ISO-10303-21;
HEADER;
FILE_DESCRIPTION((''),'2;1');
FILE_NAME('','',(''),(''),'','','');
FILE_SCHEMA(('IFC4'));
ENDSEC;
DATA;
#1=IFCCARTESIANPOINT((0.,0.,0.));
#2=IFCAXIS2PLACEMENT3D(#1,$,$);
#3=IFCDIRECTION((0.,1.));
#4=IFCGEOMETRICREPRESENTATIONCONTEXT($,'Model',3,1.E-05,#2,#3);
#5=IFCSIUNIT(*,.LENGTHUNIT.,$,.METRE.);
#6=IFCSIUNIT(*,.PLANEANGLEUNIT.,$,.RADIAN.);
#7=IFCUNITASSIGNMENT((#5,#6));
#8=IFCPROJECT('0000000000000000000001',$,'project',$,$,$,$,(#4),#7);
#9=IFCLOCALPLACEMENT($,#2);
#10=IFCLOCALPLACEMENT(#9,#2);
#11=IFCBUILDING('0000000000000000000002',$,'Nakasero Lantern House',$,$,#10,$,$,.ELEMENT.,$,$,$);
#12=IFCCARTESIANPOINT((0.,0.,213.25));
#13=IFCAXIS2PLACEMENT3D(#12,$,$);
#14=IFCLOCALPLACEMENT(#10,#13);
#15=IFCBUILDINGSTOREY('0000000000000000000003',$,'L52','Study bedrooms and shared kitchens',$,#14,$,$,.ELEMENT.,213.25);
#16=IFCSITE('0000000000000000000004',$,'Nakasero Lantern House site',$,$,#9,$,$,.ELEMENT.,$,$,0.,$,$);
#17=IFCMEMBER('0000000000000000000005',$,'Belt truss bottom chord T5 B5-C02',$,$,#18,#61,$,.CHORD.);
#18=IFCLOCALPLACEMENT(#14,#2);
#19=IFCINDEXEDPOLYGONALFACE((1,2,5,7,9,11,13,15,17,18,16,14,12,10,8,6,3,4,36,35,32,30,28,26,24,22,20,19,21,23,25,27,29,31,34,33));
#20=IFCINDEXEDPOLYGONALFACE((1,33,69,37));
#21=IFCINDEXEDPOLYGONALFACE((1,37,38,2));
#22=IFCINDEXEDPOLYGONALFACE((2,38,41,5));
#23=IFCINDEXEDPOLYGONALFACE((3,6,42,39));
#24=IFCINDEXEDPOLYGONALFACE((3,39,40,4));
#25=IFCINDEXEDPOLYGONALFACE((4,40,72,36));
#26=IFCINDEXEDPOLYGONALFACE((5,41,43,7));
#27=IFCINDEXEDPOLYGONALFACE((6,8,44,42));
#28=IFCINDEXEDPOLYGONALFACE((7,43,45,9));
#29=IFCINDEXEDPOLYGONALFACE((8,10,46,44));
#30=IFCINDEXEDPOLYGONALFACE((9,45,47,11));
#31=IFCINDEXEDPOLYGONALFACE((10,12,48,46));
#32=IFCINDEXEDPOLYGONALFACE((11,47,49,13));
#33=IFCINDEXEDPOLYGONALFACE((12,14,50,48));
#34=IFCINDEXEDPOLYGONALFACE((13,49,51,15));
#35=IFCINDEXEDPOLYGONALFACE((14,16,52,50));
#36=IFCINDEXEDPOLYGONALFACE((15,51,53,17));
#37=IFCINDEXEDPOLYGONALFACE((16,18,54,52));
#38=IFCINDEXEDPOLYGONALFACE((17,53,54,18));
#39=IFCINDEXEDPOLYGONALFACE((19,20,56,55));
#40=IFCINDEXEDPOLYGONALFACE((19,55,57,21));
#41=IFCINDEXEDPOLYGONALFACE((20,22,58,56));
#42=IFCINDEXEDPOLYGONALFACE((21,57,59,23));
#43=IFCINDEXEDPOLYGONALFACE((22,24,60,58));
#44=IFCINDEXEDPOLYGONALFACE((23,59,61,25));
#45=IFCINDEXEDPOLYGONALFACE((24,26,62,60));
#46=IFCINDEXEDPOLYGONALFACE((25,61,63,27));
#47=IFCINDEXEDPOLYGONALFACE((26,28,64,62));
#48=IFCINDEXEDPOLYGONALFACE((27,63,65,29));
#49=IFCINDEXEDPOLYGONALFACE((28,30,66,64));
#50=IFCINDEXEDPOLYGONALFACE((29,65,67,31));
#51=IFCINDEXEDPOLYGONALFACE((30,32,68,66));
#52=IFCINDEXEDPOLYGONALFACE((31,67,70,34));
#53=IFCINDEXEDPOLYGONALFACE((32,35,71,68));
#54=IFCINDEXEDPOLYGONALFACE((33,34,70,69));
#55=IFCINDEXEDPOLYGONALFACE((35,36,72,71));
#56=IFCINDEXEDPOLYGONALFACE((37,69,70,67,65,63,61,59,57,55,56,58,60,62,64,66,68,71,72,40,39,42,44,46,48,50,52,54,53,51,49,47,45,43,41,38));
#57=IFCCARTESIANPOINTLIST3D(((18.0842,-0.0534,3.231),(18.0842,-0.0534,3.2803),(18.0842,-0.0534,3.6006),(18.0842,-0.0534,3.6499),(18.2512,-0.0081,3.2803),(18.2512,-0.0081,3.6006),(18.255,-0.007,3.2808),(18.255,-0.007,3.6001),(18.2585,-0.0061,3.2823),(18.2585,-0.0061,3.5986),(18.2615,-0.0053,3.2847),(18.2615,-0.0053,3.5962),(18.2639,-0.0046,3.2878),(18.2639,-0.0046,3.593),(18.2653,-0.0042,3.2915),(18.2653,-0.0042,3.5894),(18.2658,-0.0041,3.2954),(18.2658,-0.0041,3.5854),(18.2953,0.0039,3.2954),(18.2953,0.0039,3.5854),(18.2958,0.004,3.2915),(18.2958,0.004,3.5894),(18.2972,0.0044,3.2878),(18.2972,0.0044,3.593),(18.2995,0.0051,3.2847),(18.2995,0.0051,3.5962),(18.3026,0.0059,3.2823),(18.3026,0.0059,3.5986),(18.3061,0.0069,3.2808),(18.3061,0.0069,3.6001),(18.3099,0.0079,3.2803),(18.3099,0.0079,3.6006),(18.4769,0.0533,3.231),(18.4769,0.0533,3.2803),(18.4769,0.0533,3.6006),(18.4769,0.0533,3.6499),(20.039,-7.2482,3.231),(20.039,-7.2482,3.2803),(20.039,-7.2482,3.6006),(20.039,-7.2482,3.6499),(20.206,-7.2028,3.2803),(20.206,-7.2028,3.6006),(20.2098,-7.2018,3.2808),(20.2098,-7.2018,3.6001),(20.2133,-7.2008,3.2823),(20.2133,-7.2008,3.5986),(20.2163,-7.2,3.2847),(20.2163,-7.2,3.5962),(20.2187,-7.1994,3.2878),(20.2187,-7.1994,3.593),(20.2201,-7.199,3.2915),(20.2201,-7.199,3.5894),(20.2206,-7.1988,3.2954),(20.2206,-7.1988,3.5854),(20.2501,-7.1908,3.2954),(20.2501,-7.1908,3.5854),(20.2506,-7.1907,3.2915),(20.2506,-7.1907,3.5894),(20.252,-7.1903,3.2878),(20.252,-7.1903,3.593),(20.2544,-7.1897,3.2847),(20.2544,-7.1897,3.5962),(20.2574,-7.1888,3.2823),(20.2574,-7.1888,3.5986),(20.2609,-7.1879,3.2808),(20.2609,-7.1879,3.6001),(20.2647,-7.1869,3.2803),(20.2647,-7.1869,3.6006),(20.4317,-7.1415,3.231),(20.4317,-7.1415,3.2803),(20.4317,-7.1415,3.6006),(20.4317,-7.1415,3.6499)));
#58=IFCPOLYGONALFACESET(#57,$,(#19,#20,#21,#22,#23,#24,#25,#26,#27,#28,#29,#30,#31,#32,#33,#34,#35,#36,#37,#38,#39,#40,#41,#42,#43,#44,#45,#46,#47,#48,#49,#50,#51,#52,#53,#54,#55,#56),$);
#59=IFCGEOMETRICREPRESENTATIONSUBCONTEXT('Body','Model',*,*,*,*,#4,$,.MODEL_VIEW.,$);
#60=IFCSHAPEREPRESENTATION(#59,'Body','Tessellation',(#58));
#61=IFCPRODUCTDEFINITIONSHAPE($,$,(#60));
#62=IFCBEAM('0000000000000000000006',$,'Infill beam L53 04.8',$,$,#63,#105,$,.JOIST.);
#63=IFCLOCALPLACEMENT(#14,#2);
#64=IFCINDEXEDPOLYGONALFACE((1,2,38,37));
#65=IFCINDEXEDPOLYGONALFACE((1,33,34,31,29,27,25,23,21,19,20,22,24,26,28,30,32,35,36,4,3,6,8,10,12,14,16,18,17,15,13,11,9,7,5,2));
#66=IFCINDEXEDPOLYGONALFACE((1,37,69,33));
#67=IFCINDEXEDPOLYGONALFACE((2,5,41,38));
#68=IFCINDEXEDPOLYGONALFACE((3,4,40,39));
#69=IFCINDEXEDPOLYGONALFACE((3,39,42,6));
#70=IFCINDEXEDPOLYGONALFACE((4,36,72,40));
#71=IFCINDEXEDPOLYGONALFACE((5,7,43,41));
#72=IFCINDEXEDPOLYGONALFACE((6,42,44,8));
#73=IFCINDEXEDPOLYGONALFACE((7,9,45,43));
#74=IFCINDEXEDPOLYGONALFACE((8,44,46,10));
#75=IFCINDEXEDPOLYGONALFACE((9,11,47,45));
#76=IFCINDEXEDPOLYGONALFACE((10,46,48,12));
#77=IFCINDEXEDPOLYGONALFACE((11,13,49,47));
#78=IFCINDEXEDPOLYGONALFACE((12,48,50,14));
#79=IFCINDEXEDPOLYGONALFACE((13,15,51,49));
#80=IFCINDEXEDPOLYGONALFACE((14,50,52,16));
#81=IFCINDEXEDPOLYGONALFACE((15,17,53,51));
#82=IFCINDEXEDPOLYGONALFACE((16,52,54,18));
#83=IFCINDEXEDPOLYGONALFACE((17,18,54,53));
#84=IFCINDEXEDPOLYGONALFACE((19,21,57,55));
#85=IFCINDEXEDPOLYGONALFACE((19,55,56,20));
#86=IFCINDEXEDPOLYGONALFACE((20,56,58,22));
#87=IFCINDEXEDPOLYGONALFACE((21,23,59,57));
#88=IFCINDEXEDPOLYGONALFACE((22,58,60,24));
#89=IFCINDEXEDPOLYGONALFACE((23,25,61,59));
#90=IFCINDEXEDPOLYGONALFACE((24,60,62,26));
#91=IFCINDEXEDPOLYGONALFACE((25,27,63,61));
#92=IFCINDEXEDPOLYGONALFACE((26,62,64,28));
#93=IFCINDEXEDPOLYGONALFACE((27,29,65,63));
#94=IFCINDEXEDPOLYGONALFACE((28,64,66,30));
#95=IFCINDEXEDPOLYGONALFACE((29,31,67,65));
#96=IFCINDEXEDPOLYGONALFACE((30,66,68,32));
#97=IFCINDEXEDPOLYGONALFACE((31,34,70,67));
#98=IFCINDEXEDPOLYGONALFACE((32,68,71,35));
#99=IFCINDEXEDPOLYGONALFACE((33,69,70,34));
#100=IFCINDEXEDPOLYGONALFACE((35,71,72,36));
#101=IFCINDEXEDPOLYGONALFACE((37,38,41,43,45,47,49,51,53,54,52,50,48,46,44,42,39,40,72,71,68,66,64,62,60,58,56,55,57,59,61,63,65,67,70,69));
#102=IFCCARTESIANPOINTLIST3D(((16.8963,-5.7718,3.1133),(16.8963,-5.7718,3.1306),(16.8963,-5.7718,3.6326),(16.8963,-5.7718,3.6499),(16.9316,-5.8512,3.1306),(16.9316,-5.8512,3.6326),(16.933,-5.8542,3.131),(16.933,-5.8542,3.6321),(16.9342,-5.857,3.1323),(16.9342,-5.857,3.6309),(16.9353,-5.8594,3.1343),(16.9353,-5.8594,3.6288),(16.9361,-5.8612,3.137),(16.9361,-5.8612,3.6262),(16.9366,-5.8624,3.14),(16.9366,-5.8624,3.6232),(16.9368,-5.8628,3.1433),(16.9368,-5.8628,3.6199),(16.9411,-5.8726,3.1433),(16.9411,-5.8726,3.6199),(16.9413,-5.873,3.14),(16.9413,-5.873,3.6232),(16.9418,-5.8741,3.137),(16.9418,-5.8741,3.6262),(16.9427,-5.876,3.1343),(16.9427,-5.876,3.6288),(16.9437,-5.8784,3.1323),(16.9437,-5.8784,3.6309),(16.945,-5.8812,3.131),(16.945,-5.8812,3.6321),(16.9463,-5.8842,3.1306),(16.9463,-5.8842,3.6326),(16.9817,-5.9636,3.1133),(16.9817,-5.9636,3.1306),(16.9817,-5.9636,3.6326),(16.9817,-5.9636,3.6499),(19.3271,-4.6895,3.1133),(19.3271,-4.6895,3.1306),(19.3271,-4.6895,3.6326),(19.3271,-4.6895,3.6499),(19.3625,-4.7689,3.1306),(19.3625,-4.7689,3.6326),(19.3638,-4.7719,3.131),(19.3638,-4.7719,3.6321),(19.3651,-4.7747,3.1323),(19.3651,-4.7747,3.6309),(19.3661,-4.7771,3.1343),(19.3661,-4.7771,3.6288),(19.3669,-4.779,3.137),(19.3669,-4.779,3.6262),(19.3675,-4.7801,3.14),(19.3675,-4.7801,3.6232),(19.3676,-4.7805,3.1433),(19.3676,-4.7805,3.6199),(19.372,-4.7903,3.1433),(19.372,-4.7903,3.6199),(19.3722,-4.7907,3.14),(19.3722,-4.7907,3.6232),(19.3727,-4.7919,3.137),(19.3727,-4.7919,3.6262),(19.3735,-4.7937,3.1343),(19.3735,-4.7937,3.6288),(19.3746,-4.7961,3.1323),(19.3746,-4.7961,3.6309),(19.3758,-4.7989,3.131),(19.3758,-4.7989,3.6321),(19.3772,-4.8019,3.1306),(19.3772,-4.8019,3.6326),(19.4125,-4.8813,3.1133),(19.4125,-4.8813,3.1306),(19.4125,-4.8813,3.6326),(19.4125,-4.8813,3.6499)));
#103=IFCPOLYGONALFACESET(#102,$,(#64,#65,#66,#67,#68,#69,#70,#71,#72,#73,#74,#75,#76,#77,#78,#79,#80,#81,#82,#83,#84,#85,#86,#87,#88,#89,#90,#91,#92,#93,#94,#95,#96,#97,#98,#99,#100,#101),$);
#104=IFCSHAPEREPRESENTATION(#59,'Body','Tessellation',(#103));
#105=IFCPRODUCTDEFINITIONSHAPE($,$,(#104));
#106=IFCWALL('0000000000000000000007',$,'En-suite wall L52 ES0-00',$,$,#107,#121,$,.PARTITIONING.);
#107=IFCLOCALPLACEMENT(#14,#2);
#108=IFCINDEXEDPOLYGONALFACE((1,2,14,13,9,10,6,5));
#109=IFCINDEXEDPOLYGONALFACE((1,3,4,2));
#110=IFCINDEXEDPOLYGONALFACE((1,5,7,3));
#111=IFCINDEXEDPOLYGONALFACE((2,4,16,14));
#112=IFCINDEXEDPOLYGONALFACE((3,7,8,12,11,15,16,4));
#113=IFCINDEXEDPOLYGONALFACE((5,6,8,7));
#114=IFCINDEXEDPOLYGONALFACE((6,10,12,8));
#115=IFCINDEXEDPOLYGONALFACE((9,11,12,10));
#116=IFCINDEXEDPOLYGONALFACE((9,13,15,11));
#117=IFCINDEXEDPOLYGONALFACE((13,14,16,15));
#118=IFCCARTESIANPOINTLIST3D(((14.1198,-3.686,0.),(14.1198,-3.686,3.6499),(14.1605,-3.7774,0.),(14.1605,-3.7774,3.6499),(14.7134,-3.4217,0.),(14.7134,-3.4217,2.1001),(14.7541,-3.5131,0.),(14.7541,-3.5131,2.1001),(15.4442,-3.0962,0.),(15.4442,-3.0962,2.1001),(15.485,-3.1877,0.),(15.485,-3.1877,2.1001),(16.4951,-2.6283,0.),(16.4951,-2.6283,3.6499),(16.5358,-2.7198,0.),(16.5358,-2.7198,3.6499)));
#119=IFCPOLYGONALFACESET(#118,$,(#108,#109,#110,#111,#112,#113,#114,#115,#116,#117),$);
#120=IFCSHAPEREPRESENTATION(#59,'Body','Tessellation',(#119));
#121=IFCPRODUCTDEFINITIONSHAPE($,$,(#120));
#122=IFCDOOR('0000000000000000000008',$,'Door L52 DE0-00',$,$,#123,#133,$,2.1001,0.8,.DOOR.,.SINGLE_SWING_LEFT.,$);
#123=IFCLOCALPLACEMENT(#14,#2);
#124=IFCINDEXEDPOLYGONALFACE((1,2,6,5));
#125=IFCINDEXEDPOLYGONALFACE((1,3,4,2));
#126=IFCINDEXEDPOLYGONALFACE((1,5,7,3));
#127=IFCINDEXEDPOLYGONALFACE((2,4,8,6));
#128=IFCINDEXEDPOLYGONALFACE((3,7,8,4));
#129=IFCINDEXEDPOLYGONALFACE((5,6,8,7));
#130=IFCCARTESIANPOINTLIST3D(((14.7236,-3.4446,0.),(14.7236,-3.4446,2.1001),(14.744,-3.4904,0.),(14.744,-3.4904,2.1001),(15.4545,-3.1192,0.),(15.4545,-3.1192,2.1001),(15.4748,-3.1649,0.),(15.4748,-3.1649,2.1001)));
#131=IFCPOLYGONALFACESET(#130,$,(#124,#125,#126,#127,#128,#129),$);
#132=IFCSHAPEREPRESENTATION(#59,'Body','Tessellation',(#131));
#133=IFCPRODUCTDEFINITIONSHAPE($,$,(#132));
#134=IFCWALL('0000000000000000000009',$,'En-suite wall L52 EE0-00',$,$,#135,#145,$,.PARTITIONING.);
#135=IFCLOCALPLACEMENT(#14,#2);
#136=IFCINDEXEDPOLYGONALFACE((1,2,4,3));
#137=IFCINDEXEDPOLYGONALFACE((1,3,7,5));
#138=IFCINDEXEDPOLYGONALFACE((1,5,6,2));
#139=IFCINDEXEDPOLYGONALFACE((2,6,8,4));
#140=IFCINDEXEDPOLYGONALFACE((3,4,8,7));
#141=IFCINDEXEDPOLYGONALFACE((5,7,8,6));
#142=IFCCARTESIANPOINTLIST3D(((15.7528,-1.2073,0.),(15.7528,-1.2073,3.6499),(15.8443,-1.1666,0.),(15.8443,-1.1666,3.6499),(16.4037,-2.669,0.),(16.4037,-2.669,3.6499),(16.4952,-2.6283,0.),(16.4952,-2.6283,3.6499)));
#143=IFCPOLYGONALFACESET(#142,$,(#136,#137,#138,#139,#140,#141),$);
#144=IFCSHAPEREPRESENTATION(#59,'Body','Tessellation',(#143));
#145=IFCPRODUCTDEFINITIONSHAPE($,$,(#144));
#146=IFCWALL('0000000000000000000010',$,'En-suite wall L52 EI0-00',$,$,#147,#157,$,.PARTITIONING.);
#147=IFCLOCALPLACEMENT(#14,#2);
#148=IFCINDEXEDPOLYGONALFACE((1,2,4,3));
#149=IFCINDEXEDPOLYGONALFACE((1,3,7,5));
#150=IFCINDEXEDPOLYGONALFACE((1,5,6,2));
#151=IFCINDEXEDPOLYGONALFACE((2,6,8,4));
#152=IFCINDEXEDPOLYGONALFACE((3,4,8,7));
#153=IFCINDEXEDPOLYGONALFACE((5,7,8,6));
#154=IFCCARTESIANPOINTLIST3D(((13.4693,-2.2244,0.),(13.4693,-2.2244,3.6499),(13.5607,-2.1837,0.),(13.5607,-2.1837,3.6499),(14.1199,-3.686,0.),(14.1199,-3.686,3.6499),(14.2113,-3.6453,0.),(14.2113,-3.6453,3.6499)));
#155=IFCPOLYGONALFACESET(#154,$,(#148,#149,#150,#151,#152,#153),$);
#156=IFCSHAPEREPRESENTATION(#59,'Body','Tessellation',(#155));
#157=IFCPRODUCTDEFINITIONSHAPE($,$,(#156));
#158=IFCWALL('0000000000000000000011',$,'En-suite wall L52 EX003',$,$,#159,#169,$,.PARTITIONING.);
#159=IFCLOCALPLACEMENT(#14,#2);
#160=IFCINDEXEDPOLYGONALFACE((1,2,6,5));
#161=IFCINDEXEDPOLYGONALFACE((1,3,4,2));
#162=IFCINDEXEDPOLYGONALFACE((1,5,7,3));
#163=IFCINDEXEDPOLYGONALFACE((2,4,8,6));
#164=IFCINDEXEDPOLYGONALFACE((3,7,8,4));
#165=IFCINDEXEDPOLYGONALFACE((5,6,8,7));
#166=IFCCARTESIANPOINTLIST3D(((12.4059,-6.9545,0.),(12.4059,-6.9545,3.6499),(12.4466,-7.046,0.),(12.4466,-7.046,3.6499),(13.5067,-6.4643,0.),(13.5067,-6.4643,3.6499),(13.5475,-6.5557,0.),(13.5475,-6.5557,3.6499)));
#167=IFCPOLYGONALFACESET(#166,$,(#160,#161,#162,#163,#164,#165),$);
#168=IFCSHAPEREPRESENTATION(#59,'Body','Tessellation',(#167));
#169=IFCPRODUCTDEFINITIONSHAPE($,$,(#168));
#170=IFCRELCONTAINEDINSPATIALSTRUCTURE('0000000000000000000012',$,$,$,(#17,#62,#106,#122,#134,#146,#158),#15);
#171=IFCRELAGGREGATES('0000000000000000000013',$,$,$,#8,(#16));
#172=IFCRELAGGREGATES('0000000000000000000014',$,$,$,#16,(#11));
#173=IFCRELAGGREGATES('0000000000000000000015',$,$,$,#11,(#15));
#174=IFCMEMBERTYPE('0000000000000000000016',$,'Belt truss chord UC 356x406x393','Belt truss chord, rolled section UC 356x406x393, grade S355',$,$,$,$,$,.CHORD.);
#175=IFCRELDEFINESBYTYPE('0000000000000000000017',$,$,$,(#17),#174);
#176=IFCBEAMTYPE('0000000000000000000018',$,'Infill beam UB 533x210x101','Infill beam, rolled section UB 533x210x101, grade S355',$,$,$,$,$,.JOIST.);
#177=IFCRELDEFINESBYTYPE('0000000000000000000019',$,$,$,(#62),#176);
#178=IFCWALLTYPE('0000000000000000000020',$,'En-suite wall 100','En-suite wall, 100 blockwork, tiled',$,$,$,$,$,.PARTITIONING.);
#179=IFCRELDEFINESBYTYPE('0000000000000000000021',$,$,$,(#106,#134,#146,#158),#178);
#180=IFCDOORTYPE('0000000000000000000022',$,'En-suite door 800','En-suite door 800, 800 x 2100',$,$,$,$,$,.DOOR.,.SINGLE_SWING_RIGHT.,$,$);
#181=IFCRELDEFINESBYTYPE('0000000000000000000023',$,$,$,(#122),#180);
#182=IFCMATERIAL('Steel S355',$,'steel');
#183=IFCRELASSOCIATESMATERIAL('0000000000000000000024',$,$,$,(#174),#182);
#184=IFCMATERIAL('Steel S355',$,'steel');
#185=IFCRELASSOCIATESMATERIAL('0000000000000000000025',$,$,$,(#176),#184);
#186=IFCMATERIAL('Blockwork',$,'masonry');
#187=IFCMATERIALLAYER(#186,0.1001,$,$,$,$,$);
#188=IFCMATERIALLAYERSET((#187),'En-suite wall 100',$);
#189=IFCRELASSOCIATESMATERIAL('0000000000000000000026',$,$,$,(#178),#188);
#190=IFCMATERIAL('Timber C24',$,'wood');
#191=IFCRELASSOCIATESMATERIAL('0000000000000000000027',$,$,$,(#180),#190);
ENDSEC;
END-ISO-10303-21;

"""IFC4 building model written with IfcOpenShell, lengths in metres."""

from ifc_helpers import new_model, si_unit, direction, frame, frame_2d, origin, origin_2d, place, context, subcontext, project, spatial, rectangle, i_section, extrude, material, layer, layer_set, material_profile, profile_set, type_object, element, fill, save


model = new_model("IFC4")

# Units and contexts
model_context = context("Model", 3, precision=1e-05, world=origin(), true_north=direction((0.0, 1.0)))
body_context = subcontext(model_context, "Body", "Model", "MODEL_VIEW")
ifc_project = project(units=[si_unit("LENGTHUNIT", "METRE"), si_unit("PLANEANGLEUNIT", "RADIAN")], contexts=[model_context])

# Site, building, storey
site_placement = place(None, origin())
site = spatial("IfcSite", under=ifc_project, at=site_placement, Name="Nakasero Lantern House site", CompositionType="ELEMENT", RefElevation=0.0)
building_placement = place(site_placement, origin())
building = spatial("IfcBuilding", under=site, at=building_placement, Name="Nakasero Lantern House", CompositionType="ELEMENT")
storey_placement = place(building_placement, frame((0.0, 0.0, 213.25)))
storey = spatial("IfcBuildingStorey", under=building, at=storey_placement, Name="L52", Description="Study bedrooms and shared kitchens", CompositionType="ELEMENT", Elevation=213.25)

# Member
ifc_material_1 = material(Name="Steel S355", Category="steel")
ifc_material_profile_1 = material_profile(ifc_material_1, i_section(OverallWidth=0.407, OverallDepth=0.4189, WebThickness=0.0305, FlangeThickness=0.0493, FilletRadius=0.0151, at=origin_2d()), Name="UC 356x406x393")
ifc_profile_set_1 = profile_set([ifc_material_profile_1], Name="Steel S355")
member_type = type_object("IfcMemberType", Name="Belt truss chord UC 356x406x393", Description="Belt truss chord, rolled section UC 356x406x393, grade S355", PredefinedType="CHORD", material=ifc_profile_set_1)
member_placement = place(storey_placement, frame((20.2354, -7.1948, 3.4404), z_axis=(-0.262195, 0.965015, 0.0), x_axis=(-0.965015, -0.262195, 0.0)))
element("IfcMember", 1, at=member_placement, inside=storey, type_object=member_type, Name="Belt truss bottom chord T5 B5-C02", PredefinedType="CHORD", context=body_context, shape_type="SweptSolid", body=[
    extrude(i_section(OverallWidth=0.407, OverallDepth=0.4189, WebThickness=0.0305, FlangeThickness=0.0493, FilletRadius=0.0151, at=origin_2d()), origin(), (0.0, 0.0, 1.0), 7.4556),
])

# Beam
ifc_material_2 = material(Name="Steel S355", Category="steel")
ifc_material_profile_2 = material_profile(ifc_material_2, i_section(OverallWidth=0.21, OverallDepth=0.5366, WebThickness=0.0107, FlangeThickness=0.0173, FilletRadius=0.0127, at=origin_2d()), Name="UB 533x210x101")
ifc_profile_set_2 = profile_set([ifc_material_profile_2], Name="Steel S355")
beam_type = type_object("IfcBeamType", Name="Infill beam UB 533x210x101", Description="Infill beam, rolled section UB 533x210x101, grade S355", PredefinedType="JOIST", material=ifc_profile_set_2)
beam_placement = place(storey_placement, frame((16.939, -5.8677, 3.3816), z_axis=(0.91355, 0.406726, 0.0), x_axis=(-0.406726, 0.91355, 0.0)))
element("IfcBeam", 2, at=beam_placement, inside=storey, type_object=beam_type, Name="Infill beam L53 04.8", PredefinedType="JOIST", context=body_context, shape_type="SweptSolid", body=[
    extrude(i_section(OverallWidth=0.21, OverallDepth=0.5366, WebThickness=0.0107, FlangeThickness=0.0173, FilletRadius=0.0127, at=origin_2d()), origin(), (0.0, 0.0, 1.0), 2.6609),
])

# Wall, opening, door
ifc_material_3 = material(Name="Blockwork", Category="masonry")
ifc_layer_1 = layer(ifc_material_3, 0.1001)
ifc_layer_set_1 = layer_set([ifc_layer_1], Name="En-suite wall 100")
wall_type_1 = type_object("IfcWallType", Name="En-suite wall 100", Description="En-suite wall, 100 blockwork, tiled", PredefinedType="PARTITIONING", material=ifc_layer_set_1)
wall_1_placement = place(storey_placement, frame((14.1401, -3.7317, 0.0), z_axis=(0.0, 0.0, 1.0), x_axis=(0.913533, 0.406766, 0.0)))
wall_1 = element("IfcWall", 3, at=wall_1_placement, inside=storey, type_object=wall_type_1, Name="En-suite wall L52 ES0-00", PredefinedType="PARTITIONING", context=body_context, shape_type="SweptSolid", body=[
    extrude(rectangle(XDim=2.6001, YDim=0.1001, at=frame_2d((1.3, 0.0))), origin(), (0.0, 0.0, 1.0), 3.6499),
])
opening_1_placement = place(wall_1_placement, frame((0.6499, 0.0, 0.0)))
opening_1 = element("IfcOpeningElement", 4, at=opening_1_placement, cuts=wall_1, PredefinedType="OPENING", context=body_context, shape_type="SweptSolid", body=[
    extrude(rectangle(XDim=0.8, YDim=2.1001, at=frame_2d((0.3999, 1.05))), frame((0.0, 0.0701, 0.0), z_axis=(0.0, -1.0, 0.0), x_axis=(1.0, 0.0, 0.0)), (0.0, 0.0, 1.0), 0.1401),
])
ifc_material_4 = material(Name="Timber C24", Category="wood")
door_type_1 = type_object("IfcDoorType", Name="En-suite door 800", Description="En-suite door 800, 800 x 2100", OperationType="SINGLE_SWING_RIGHT", PredefinedType="DOOR", material=ifc_material_4)
door_1_placement = place(opening_1_placement, origin())
door_1 = element("IfcDoor", 5, at=door_1_placement, inside=storey, type_object=door_type_1, Name="Door L52 DE0-00", OperationType="SINGLE_SWING_LEFT", OverallHeight=2.1001, OverallWidth=0.8, PredefinedType="DOOR", context=body_context, shape_type="SweptSolid", body=[
    extrude(rectangle(XDim=0.8, YDim=2.1001, at=frame_2d((0.3999, 1.05))), frame((0.0, 0.0249, 0.0), z_axis=(0.0, -1.0, 0.0), x_axis=(1.0, 0.0, 0.0)), (0.0, 0.0, 1.0), 0.05),
])
fill(opening_1, door_1)

# Walls
wall_2_placement = place(storey_placement, frame((16.4495, -2.6487, 0.0), z_axis=(0.0, 0.0, 1.0), x_axis=(-0.40679, 0.913522, 0.0)))
element("IfcWall", 6, at=wall_2_placement, inside=storey, type_object=wall_type_1, Name="En-suite wall L52 EE0-00", PredefinedType="PARTITIONING", context=body_context, shape_type="SweptSolid", body=[
    extrude(rectangle(XDim=1.6001, YDim=0.1001, at=frame_2d((0.8, 0.0))), origin(), (0.0, 0.0, 1.0), 3.6499),
])
wall_3_placement = place(storey_placement, frame((14.1655, -3.6655, 0.0), z_axis=(0.0, 0.0, 1.0), x_axis=(-0.406662, 0.913579, 0.0)))
element("IfcWall", 7, at=wall_3_placement, inside=storey, type_object=wall_type_1, Name="En-suite wall L52 EI0-00", PredefinedType="PARTITIONING", context=body_context, shape_type="SweptSolid", body=[
    extrude(rectangle(XDim=1.5999, YDim=0.1001, at=frame_2d((0.7998, 0.0))), origin(), (0.0, 0.0, 1.0), 3.6499),
])
wall_4_placement = place(storey_placement, frame((13.5271, -6.51, 0.0), z_axis=(0.0, 0.0, 1.0), x_axis=(-0.913511, -0.406815, 0.0)))
element("IfcWall", 8, at=wall_4_placement, inside=storey, type_object=wall_type_1, Name="En-suite wall L52 EX003", PredefinedType="PARTITIONING", context=body_context, shape_type="SweptSolid", body=[
    extrude(rectangle(XDim=1.2051, YDim=0.1001, at=frame_2d((0.6025, 0.0))), origin(), (0.0, 0.0, 1.0), 3.6499),
])

save(model, "model.ifc")
